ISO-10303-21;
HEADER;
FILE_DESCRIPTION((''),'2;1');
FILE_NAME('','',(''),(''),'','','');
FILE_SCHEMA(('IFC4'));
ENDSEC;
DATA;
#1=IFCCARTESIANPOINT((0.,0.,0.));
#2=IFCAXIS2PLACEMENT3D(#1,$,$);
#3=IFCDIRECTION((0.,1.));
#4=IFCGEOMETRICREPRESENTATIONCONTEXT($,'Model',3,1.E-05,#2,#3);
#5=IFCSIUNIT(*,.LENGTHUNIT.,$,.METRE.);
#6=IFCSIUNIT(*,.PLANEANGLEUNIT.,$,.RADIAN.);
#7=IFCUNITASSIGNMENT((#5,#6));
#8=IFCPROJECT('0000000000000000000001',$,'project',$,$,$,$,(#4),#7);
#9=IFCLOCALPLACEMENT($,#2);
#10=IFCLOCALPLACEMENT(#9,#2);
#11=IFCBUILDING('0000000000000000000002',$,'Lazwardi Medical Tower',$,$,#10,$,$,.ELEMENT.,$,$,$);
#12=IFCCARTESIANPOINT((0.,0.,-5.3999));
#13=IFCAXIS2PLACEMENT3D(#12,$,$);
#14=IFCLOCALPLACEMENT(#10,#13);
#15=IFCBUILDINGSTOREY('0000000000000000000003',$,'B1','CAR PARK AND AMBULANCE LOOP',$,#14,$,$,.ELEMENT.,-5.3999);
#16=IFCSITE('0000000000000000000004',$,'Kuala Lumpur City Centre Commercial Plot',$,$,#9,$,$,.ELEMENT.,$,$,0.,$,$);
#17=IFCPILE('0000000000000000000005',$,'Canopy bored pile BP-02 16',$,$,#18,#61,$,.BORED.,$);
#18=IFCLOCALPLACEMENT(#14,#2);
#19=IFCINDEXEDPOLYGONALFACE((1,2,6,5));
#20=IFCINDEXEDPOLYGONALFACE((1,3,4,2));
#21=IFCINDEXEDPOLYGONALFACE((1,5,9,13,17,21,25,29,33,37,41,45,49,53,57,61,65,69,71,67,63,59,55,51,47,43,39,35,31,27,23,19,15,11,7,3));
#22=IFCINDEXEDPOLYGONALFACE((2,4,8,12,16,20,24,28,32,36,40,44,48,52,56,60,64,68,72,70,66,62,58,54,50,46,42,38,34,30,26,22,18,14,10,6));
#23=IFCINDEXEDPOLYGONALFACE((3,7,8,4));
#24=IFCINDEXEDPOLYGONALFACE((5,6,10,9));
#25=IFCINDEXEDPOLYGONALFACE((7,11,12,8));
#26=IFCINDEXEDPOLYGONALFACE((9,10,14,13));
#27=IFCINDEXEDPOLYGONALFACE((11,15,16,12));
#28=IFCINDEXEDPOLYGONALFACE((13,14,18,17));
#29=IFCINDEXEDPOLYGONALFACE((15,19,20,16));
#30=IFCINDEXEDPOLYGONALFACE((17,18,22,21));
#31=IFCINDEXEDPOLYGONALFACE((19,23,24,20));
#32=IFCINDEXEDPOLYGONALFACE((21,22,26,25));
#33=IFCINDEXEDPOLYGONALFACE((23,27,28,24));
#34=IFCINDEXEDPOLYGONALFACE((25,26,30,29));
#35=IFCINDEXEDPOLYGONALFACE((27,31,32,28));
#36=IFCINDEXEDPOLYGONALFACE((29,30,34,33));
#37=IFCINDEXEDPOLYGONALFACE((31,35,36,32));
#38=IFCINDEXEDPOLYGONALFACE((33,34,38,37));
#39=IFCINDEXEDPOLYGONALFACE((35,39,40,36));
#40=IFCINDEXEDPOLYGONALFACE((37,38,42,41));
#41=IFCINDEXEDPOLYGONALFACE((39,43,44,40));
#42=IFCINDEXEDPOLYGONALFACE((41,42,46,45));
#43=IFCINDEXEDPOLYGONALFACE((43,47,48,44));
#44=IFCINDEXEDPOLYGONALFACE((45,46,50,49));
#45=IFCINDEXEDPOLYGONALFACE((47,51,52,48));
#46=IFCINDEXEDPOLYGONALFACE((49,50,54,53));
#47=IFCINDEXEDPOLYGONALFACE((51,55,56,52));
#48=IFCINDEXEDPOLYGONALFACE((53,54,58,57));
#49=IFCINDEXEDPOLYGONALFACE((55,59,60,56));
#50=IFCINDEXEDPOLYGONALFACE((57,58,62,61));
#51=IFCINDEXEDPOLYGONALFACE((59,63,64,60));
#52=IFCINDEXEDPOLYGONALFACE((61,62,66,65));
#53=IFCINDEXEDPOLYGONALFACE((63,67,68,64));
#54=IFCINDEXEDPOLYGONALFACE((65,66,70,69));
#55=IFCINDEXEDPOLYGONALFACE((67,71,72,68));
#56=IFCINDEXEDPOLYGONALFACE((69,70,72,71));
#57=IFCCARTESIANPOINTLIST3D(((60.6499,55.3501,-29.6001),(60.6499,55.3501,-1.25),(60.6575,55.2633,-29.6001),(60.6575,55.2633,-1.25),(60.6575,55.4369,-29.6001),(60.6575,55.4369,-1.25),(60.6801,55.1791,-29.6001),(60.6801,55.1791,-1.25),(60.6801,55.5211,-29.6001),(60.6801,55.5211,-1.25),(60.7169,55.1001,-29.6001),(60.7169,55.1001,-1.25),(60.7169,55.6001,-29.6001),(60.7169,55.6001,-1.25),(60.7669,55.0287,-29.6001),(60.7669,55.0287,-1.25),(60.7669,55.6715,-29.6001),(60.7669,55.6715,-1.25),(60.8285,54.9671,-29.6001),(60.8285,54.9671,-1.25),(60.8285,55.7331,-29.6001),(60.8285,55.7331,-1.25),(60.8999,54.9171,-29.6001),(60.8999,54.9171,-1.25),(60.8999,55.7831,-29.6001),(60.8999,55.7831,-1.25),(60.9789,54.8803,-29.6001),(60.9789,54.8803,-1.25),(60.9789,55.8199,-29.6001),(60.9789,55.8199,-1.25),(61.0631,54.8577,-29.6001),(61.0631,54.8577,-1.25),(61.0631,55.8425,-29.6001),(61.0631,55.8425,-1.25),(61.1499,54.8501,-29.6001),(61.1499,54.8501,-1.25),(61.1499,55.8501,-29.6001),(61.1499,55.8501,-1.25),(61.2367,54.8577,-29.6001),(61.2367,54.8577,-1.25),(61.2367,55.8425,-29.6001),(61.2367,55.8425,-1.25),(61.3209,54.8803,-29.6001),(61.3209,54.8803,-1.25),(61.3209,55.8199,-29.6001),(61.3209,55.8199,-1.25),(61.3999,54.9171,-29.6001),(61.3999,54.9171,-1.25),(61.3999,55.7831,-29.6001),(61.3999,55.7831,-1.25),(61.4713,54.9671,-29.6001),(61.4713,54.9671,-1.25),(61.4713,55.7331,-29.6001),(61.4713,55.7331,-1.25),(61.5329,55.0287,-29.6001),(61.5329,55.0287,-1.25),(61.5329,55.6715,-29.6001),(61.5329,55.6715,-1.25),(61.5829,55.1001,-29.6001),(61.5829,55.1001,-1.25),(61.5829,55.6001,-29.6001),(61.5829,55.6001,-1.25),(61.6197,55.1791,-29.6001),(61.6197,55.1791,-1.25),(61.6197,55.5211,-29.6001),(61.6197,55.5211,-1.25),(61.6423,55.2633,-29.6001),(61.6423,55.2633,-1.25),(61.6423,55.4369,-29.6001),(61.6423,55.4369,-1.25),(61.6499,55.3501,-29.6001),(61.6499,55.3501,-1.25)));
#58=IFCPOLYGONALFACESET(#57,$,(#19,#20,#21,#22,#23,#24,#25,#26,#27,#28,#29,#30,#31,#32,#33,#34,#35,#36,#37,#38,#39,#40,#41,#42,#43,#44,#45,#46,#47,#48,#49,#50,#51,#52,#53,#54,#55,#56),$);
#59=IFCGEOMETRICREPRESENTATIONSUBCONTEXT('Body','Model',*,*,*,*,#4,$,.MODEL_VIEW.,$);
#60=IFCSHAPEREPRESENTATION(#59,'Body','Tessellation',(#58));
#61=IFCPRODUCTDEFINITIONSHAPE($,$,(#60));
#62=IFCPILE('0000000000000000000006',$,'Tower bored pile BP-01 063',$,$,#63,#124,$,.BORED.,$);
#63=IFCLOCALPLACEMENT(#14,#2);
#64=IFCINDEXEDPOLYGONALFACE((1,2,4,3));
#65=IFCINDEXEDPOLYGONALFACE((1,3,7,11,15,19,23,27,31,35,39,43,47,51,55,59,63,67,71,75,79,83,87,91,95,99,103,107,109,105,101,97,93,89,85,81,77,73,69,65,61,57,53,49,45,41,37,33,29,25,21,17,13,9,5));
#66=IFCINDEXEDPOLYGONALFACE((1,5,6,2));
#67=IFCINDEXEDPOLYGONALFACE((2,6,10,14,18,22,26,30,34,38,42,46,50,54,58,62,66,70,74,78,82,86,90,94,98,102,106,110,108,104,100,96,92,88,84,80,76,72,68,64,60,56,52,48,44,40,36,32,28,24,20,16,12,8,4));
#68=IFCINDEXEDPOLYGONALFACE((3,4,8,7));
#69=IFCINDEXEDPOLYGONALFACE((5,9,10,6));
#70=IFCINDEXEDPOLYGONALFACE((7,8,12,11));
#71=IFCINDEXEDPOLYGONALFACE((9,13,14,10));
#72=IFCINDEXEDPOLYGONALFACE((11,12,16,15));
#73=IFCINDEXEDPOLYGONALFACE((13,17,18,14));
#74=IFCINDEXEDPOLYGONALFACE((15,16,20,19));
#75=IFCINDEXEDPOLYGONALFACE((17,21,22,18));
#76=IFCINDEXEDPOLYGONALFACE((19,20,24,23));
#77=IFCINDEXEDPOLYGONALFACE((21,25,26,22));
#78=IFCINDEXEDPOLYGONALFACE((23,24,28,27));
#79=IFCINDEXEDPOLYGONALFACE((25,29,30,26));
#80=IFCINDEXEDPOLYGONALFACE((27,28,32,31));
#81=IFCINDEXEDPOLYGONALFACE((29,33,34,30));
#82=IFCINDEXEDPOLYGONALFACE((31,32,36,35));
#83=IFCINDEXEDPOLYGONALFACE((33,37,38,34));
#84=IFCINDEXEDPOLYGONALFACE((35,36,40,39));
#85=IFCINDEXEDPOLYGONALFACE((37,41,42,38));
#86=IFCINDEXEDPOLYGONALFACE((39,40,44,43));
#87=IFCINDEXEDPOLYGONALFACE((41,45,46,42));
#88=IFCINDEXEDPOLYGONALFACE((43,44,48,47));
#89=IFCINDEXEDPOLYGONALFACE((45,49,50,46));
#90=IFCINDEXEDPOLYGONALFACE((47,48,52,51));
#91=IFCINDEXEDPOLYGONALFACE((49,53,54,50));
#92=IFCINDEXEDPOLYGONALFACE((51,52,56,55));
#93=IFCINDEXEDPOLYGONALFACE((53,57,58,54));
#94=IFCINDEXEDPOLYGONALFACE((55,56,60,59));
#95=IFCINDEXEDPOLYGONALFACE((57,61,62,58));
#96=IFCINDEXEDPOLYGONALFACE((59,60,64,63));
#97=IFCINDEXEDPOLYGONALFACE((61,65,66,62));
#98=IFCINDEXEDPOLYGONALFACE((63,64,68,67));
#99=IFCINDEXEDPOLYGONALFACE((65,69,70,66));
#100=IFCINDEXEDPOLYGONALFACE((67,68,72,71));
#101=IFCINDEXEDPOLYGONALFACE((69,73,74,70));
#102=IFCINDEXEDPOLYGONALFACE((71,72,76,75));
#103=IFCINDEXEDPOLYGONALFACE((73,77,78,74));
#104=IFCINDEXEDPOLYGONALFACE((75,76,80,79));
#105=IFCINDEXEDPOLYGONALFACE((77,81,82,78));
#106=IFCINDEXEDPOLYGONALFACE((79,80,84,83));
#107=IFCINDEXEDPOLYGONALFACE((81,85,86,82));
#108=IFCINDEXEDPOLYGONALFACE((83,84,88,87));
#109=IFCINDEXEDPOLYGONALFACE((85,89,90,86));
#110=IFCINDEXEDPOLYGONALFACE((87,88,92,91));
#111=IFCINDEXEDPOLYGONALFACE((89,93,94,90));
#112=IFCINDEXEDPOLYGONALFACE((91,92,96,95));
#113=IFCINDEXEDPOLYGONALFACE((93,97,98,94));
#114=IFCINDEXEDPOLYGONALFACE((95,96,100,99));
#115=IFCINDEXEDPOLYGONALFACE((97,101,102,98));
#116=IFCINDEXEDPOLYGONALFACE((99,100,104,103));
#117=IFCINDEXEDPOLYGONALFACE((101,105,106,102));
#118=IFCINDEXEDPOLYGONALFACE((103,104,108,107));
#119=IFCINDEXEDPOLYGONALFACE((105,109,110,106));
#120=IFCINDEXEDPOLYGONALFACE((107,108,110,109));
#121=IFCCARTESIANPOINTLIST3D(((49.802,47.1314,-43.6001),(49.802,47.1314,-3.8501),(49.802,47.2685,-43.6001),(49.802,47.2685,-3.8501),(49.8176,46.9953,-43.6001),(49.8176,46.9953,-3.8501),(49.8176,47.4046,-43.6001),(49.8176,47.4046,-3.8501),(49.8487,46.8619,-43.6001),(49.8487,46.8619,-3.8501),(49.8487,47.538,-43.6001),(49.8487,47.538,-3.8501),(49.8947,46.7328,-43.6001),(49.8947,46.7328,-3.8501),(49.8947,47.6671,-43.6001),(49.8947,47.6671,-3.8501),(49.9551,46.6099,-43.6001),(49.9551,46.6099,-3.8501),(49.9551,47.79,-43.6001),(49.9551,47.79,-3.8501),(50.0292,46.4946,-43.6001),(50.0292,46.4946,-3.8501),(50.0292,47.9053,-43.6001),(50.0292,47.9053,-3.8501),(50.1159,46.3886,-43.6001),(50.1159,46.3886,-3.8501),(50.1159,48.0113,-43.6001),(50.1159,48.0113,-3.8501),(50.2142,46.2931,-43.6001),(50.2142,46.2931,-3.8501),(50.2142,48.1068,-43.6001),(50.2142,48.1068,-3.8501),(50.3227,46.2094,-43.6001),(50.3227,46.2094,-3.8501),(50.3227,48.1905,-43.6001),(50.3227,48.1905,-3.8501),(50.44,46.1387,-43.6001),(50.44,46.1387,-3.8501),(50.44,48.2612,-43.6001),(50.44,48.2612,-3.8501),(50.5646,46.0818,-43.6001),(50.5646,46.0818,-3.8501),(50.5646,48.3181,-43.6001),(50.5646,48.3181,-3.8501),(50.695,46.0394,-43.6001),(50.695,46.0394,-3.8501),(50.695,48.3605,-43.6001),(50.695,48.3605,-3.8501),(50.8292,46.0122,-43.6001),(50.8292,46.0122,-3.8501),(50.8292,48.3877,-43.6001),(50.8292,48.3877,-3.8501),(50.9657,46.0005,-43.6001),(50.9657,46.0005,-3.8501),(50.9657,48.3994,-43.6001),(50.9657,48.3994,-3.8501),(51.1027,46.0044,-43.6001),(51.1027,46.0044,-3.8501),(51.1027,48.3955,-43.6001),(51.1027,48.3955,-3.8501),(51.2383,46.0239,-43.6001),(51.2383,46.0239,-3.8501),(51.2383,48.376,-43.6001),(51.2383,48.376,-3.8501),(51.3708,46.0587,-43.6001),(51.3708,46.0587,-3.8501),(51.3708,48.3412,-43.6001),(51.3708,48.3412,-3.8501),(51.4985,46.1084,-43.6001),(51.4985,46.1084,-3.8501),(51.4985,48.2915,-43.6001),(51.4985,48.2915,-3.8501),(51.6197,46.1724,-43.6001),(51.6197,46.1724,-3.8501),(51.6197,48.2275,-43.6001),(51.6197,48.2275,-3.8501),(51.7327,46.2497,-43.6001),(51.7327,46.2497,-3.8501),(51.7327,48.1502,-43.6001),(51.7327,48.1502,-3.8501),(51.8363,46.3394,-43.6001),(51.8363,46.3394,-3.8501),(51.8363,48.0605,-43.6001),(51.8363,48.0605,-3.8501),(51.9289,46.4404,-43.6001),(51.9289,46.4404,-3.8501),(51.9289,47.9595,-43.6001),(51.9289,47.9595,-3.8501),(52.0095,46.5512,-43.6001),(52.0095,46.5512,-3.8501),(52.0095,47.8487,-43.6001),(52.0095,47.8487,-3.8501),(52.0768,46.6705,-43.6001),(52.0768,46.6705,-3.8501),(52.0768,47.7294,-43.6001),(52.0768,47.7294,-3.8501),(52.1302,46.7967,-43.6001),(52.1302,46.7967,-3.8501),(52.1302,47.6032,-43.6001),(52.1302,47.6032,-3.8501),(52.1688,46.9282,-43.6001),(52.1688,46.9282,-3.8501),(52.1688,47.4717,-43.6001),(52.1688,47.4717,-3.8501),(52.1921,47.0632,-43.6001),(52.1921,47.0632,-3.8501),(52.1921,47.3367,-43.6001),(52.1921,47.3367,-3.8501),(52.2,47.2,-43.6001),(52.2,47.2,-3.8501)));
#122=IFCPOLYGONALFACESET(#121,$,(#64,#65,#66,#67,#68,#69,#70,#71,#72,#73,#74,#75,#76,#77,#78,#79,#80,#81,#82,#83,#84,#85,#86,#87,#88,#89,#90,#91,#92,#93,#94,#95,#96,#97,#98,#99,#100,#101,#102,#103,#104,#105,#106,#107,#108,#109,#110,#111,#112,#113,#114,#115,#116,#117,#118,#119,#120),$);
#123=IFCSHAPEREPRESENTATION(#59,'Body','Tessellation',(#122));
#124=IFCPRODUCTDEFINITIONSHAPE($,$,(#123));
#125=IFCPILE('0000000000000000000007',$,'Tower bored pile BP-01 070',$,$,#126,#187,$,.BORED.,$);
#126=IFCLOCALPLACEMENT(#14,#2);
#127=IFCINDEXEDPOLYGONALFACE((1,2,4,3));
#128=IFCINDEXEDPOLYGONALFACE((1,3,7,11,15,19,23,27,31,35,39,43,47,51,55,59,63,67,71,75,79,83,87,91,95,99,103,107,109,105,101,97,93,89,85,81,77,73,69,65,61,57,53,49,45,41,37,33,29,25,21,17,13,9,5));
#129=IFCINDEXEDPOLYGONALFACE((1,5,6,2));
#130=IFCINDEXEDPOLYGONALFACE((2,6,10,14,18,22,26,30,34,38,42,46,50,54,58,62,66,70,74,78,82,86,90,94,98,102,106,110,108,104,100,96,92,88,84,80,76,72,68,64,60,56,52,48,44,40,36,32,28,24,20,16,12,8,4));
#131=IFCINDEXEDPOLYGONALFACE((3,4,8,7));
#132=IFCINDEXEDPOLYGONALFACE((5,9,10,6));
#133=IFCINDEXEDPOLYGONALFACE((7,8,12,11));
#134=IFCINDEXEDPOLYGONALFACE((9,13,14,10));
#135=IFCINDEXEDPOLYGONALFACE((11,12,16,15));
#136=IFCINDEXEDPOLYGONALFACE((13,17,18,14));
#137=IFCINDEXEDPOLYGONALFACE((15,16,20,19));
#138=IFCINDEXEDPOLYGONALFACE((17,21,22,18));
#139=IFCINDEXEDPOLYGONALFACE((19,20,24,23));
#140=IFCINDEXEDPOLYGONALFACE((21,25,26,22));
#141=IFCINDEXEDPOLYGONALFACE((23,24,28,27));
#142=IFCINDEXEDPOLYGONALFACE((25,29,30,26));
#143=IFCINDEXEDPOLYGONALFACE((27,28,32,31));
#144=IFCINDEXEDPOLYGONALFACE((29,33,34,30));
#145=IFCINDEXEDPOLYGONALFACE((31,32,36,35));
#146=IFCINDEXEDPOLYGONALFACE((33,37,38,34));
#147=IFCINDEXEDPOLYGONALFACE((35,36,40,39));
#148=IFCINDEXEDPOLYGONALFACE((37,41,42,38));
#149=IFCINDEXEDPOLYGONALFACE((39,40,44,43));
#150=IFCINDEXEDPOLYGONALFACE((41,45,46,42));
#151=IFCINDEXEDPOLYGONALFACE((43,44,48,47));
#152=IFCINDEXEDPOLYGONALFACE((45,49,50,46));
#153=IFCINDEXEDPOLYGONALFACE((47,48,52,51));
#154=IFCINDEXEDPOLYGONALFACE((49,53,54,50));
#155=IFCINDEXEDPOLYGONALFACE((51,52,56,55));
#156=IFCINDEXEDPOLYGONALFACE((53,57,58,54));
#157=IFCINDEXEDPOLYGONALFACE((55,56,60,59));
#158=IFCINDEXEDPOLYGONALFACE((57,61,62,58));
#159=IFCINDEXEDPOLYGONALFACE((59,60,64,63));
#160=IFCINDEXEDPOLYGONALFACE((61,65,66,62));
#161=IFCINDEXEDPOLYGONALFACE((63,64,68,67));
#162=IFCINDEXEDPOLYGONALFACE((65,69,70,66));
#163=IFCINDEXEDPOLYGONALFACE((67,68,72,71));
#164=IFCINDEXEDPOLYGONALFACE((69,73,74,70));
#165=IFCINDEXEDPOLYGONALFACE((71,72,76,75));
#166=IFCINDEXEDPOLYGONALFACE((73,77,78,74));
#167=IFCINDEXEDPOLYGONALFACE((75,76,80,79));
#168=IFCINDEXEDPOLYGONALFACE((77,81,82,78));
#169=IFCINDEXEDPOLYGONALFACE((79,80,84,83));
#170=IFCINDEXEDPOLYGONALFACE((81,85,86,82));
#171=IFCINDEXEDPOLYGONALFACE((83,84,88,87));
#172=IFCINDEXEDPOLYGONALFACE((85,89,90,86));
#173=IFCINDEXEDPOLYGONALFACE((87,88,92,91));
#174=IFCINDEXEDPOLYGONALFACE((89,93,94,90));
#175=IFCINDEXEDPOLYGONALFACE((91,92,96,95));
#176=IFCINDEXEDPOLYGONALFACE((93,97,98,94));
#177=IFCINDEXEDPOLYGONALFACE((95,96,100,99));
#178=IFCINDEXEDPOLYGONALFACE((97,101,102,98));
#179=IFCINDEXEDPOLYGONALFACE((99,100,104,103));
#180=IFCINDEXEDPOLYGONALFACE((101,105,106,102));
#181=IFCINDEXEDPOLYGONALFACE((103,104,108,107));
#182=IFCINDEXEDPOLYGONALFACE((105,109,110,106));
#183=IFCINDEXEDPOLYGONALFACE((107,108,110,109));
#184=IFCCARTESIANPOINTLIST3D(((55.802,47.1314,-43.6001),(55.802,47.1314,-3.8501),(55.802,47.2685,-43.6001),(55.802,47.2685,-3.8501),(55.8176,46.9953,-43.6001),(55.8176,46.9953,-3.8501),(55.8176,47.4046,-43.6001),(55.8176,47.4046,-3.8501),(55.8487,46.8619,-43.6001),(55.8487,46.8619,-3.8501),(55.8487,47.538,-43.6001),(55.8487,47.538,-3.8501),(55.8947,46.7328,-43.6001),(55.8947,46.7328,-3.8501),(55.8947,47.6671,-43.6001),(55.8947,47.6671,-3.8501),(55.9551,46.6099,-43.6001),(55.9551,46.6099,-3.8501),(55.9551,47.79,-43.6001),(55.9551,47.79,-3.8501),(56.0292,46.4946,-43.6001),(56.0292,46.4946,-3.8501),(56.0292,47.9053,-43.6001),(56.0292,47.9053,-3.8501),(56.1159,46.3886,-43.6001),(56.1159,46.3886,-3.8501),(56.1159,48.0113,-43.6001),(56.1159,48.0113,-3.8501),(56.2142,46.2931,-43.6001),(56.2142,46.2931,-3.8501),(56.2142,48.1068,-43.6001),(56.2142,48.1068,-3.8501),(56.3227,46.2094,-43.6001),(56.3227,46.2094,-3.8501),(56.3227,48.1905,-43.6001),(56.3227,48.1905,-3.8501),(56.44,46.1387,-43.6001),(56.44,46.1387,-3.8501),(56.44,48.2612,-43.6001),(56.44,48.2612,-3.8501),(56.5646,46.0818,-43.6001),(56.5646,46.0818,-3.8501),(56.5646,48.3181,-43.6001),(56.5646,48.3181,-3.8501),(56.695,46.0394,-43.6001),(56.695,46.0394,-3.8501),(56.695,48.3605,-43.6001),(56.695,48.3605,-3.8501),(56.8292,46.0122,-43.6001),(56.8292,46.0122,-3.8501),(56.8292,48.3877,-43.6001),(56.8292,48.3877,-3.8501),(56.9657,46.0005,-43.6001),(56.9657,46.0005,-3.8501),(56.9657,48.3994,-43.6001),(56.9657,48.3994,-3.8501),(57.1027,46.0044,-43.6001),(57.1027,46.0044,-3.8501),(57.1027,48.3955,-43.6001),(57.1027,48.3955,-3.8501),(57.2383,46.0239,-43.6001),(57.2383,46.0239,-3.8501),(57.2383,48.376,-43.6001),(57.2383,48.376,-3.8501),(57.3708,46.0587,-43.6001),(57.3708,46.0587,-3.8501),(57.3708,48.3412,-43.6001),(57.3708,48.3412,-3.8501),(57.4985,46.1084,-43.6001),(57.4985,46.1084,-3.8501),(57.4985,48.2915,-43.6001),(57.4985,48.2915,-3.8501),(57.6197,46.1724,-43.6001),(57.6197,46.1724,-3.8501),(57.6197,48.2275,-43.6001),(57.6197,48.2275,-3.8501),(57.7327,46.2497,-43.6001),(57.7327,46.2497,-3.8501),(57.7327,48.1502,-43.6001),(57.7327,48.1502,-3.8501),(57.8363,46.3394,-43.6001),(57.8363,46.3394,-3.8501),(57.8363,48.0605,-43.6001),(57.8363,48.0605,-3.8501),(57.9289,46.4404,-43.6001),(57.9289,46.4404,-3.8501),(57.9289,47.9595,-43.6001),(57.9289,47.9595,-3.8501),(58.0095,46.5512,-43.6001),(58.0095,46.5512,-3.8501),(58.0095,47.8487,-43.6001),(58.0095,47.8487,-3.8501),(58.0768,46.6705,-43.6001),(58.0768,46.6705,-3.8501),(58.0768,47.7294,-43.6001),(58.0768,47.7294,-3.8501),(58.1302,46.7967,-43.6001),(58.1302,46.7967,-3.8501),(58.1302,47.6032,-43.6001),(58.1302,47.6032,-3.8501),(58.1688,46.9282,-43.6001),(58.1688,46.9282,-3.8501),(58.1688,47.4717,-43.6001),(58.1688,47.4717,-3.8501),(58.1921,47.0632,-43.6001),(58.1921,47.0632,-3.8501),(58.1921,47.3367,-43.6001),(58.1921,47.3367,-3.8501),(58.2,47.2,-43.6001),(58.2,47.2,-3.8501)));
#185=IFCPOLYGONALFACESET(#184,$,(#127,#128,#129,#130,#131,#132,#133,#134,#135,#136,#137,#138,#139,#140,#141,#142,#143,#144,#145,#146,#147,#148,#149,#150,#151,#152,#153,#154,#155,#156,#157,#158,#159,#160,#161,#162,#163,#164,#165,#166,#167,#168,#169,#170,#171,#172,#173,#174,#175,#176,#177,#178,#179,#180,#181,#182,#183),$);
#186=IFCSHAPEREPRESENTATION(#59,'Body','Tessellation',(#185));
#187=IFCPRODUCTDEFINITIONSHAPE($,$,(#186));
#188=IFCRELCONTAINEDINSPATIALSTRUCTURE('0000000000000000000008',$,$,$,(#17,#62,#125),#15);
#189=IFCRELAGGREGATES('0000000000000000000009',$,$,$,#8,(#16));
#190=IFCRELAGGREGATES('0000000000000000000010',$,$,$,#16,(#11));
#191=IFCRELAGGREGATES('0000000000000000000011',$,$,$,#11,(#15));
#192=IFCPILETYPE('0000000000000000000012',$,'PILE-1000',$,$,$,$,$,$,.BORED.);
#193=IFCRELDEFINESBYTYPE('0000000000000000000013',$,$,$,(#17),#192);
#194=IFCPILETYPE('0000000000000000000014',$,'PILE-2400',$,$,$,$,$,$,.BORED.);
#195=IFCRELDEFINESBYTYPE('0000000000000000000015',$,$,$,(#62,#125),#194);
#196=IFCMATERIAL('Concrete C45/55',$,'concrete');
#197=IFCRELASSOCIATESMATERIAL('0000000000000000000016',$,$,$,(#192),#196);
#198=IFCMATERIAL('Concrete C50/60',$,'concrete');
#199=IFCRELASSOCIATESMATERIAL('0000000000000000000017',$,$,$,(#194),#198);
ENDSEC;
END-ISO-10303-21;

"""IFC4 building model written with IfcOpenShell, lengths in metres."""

from ifc_helpers import new_model, si_unit, direction, frame, origin, origin_2d, place, context, subcontext, project, spatial, circle, extrude, material, material_profile, profile_set, type_object, element, save


model = new_model("IFC4")

# Units and contexts
model_context = context("Model", 3, precision=1e-05, world=origin(), true_north=direction((0.0, 1.0)))
body_context = subcontext(model_context, "Body", "Model", "MODEL_VIEW")
ifc_project = project(units=[si_unit("LENGTHUNIT", "METRE"), si_unit("PLANEANGLEUNIT", "RADIAN")], contexts=[model_context])

# Site, building, storey
site_placement = place(None, origin())
site = spatial("IfcSite", under=ifc_project, at=site_placement, Name="Kuala Lumpur City Centre Commercial Plot", CompositionType="ELEMENT", RefElevation=0.0)
building_placement = place(site_placement, origin())
building = spatial("IfcBuilding", under=site, at=building_placement, Name="Lazwardi Medical Tower", CompositionType="ELEMENT")
storey_placement = place(building_placement, frame((0.0, 0.0, -5.3999)))
storey = spatial("IfcBuildingStorey", under=building, at=storey_placement, Name="B1", Description="CAR PARK AND AMBULANCE LOOP", CompositionType="ELEMENT", Elevation=-5.3999)

# Shared definitions
ifc_material_1 = material(Name="Concrete C45/55", Category="concrete")

# Piles
ifc_material_profile_1 = material_profile(ifc_material_1, circle(Radius=0.5, at=origin_2d()), Name="BORED PILE D1000")
ifc_profile_set_1 = profile_set([ifc_material_profile_1], Name="Concrete C45/55")
pile_type_1 = type_object("IfcPileType", Name="PILE-1000", PredefinedType="BORED", material=ifc_profile_set_1)
for number, where, z_axis, x_axis, name in (
    (1, (61.1499, 55.3501, -1.25), (0.0, 0.0, -1.0), (1.0, 0.0, 0.0), "Canopy bored pile BP-02 16"),
):
    element("IfcPile", number, at=place(storey_placement, frame(where, z_axis=z_axis, x_axis=x_axis)), inside=storey, type_object=pile_type_1, Name=name, PredefinedType="BORED", context=body_context, shape_type="SweptSolid", body=[
        extrude(circle(Radius=0.5, at=origin_2d()), origin(), (0.0, 0.0, 1.0), 28.3501),
    ])
ifc_material_2 = material(Name="Concrete C50/60", Category="concrete")
ifc_material_profile_2 = material_profile(ifc_material_2, circle(Radius=1.2, at=origin_2d()), Name="BORED PILE D2400")
ifc_profile_set_2 = profile_set([ifc_material_profile_2], Name="Concrete C50/60")
pile_type_2 = type_object("IfcPileType", Name="PILE-2400", PredefinedType="BORED", material=ifc_profile_set_2)
for number, where, z_axis, x_axis, name in (
    (2, (51.0, 47.2, -3.8501), (0.0, 0.0, -1.0), (1.0, 0.0, 0.0), "Tower bored pile BP-01 063"),
    (3, (57.0, 47.2, -3.8501), (0.0, 0.0, -1.0), (1.0, 0.0, 0.0), "Tower bored pile BP-01 070"),
):
    element("IfcPile", number, at=place(storey_placement, frame(where, z_axis=z_axis, x_axis=x_axis)), inside=storey, type_object=pile_type_2, Name=name, PredefinedType="BORED", context=body_context, shape_type="SweptSolid", body=[
        extrude(circle(Radius=1.2, at=origin_2d()), origin(), (0.0, 0.0, 1.0), 39.75),
    ])

save(model, "model.ifc")
